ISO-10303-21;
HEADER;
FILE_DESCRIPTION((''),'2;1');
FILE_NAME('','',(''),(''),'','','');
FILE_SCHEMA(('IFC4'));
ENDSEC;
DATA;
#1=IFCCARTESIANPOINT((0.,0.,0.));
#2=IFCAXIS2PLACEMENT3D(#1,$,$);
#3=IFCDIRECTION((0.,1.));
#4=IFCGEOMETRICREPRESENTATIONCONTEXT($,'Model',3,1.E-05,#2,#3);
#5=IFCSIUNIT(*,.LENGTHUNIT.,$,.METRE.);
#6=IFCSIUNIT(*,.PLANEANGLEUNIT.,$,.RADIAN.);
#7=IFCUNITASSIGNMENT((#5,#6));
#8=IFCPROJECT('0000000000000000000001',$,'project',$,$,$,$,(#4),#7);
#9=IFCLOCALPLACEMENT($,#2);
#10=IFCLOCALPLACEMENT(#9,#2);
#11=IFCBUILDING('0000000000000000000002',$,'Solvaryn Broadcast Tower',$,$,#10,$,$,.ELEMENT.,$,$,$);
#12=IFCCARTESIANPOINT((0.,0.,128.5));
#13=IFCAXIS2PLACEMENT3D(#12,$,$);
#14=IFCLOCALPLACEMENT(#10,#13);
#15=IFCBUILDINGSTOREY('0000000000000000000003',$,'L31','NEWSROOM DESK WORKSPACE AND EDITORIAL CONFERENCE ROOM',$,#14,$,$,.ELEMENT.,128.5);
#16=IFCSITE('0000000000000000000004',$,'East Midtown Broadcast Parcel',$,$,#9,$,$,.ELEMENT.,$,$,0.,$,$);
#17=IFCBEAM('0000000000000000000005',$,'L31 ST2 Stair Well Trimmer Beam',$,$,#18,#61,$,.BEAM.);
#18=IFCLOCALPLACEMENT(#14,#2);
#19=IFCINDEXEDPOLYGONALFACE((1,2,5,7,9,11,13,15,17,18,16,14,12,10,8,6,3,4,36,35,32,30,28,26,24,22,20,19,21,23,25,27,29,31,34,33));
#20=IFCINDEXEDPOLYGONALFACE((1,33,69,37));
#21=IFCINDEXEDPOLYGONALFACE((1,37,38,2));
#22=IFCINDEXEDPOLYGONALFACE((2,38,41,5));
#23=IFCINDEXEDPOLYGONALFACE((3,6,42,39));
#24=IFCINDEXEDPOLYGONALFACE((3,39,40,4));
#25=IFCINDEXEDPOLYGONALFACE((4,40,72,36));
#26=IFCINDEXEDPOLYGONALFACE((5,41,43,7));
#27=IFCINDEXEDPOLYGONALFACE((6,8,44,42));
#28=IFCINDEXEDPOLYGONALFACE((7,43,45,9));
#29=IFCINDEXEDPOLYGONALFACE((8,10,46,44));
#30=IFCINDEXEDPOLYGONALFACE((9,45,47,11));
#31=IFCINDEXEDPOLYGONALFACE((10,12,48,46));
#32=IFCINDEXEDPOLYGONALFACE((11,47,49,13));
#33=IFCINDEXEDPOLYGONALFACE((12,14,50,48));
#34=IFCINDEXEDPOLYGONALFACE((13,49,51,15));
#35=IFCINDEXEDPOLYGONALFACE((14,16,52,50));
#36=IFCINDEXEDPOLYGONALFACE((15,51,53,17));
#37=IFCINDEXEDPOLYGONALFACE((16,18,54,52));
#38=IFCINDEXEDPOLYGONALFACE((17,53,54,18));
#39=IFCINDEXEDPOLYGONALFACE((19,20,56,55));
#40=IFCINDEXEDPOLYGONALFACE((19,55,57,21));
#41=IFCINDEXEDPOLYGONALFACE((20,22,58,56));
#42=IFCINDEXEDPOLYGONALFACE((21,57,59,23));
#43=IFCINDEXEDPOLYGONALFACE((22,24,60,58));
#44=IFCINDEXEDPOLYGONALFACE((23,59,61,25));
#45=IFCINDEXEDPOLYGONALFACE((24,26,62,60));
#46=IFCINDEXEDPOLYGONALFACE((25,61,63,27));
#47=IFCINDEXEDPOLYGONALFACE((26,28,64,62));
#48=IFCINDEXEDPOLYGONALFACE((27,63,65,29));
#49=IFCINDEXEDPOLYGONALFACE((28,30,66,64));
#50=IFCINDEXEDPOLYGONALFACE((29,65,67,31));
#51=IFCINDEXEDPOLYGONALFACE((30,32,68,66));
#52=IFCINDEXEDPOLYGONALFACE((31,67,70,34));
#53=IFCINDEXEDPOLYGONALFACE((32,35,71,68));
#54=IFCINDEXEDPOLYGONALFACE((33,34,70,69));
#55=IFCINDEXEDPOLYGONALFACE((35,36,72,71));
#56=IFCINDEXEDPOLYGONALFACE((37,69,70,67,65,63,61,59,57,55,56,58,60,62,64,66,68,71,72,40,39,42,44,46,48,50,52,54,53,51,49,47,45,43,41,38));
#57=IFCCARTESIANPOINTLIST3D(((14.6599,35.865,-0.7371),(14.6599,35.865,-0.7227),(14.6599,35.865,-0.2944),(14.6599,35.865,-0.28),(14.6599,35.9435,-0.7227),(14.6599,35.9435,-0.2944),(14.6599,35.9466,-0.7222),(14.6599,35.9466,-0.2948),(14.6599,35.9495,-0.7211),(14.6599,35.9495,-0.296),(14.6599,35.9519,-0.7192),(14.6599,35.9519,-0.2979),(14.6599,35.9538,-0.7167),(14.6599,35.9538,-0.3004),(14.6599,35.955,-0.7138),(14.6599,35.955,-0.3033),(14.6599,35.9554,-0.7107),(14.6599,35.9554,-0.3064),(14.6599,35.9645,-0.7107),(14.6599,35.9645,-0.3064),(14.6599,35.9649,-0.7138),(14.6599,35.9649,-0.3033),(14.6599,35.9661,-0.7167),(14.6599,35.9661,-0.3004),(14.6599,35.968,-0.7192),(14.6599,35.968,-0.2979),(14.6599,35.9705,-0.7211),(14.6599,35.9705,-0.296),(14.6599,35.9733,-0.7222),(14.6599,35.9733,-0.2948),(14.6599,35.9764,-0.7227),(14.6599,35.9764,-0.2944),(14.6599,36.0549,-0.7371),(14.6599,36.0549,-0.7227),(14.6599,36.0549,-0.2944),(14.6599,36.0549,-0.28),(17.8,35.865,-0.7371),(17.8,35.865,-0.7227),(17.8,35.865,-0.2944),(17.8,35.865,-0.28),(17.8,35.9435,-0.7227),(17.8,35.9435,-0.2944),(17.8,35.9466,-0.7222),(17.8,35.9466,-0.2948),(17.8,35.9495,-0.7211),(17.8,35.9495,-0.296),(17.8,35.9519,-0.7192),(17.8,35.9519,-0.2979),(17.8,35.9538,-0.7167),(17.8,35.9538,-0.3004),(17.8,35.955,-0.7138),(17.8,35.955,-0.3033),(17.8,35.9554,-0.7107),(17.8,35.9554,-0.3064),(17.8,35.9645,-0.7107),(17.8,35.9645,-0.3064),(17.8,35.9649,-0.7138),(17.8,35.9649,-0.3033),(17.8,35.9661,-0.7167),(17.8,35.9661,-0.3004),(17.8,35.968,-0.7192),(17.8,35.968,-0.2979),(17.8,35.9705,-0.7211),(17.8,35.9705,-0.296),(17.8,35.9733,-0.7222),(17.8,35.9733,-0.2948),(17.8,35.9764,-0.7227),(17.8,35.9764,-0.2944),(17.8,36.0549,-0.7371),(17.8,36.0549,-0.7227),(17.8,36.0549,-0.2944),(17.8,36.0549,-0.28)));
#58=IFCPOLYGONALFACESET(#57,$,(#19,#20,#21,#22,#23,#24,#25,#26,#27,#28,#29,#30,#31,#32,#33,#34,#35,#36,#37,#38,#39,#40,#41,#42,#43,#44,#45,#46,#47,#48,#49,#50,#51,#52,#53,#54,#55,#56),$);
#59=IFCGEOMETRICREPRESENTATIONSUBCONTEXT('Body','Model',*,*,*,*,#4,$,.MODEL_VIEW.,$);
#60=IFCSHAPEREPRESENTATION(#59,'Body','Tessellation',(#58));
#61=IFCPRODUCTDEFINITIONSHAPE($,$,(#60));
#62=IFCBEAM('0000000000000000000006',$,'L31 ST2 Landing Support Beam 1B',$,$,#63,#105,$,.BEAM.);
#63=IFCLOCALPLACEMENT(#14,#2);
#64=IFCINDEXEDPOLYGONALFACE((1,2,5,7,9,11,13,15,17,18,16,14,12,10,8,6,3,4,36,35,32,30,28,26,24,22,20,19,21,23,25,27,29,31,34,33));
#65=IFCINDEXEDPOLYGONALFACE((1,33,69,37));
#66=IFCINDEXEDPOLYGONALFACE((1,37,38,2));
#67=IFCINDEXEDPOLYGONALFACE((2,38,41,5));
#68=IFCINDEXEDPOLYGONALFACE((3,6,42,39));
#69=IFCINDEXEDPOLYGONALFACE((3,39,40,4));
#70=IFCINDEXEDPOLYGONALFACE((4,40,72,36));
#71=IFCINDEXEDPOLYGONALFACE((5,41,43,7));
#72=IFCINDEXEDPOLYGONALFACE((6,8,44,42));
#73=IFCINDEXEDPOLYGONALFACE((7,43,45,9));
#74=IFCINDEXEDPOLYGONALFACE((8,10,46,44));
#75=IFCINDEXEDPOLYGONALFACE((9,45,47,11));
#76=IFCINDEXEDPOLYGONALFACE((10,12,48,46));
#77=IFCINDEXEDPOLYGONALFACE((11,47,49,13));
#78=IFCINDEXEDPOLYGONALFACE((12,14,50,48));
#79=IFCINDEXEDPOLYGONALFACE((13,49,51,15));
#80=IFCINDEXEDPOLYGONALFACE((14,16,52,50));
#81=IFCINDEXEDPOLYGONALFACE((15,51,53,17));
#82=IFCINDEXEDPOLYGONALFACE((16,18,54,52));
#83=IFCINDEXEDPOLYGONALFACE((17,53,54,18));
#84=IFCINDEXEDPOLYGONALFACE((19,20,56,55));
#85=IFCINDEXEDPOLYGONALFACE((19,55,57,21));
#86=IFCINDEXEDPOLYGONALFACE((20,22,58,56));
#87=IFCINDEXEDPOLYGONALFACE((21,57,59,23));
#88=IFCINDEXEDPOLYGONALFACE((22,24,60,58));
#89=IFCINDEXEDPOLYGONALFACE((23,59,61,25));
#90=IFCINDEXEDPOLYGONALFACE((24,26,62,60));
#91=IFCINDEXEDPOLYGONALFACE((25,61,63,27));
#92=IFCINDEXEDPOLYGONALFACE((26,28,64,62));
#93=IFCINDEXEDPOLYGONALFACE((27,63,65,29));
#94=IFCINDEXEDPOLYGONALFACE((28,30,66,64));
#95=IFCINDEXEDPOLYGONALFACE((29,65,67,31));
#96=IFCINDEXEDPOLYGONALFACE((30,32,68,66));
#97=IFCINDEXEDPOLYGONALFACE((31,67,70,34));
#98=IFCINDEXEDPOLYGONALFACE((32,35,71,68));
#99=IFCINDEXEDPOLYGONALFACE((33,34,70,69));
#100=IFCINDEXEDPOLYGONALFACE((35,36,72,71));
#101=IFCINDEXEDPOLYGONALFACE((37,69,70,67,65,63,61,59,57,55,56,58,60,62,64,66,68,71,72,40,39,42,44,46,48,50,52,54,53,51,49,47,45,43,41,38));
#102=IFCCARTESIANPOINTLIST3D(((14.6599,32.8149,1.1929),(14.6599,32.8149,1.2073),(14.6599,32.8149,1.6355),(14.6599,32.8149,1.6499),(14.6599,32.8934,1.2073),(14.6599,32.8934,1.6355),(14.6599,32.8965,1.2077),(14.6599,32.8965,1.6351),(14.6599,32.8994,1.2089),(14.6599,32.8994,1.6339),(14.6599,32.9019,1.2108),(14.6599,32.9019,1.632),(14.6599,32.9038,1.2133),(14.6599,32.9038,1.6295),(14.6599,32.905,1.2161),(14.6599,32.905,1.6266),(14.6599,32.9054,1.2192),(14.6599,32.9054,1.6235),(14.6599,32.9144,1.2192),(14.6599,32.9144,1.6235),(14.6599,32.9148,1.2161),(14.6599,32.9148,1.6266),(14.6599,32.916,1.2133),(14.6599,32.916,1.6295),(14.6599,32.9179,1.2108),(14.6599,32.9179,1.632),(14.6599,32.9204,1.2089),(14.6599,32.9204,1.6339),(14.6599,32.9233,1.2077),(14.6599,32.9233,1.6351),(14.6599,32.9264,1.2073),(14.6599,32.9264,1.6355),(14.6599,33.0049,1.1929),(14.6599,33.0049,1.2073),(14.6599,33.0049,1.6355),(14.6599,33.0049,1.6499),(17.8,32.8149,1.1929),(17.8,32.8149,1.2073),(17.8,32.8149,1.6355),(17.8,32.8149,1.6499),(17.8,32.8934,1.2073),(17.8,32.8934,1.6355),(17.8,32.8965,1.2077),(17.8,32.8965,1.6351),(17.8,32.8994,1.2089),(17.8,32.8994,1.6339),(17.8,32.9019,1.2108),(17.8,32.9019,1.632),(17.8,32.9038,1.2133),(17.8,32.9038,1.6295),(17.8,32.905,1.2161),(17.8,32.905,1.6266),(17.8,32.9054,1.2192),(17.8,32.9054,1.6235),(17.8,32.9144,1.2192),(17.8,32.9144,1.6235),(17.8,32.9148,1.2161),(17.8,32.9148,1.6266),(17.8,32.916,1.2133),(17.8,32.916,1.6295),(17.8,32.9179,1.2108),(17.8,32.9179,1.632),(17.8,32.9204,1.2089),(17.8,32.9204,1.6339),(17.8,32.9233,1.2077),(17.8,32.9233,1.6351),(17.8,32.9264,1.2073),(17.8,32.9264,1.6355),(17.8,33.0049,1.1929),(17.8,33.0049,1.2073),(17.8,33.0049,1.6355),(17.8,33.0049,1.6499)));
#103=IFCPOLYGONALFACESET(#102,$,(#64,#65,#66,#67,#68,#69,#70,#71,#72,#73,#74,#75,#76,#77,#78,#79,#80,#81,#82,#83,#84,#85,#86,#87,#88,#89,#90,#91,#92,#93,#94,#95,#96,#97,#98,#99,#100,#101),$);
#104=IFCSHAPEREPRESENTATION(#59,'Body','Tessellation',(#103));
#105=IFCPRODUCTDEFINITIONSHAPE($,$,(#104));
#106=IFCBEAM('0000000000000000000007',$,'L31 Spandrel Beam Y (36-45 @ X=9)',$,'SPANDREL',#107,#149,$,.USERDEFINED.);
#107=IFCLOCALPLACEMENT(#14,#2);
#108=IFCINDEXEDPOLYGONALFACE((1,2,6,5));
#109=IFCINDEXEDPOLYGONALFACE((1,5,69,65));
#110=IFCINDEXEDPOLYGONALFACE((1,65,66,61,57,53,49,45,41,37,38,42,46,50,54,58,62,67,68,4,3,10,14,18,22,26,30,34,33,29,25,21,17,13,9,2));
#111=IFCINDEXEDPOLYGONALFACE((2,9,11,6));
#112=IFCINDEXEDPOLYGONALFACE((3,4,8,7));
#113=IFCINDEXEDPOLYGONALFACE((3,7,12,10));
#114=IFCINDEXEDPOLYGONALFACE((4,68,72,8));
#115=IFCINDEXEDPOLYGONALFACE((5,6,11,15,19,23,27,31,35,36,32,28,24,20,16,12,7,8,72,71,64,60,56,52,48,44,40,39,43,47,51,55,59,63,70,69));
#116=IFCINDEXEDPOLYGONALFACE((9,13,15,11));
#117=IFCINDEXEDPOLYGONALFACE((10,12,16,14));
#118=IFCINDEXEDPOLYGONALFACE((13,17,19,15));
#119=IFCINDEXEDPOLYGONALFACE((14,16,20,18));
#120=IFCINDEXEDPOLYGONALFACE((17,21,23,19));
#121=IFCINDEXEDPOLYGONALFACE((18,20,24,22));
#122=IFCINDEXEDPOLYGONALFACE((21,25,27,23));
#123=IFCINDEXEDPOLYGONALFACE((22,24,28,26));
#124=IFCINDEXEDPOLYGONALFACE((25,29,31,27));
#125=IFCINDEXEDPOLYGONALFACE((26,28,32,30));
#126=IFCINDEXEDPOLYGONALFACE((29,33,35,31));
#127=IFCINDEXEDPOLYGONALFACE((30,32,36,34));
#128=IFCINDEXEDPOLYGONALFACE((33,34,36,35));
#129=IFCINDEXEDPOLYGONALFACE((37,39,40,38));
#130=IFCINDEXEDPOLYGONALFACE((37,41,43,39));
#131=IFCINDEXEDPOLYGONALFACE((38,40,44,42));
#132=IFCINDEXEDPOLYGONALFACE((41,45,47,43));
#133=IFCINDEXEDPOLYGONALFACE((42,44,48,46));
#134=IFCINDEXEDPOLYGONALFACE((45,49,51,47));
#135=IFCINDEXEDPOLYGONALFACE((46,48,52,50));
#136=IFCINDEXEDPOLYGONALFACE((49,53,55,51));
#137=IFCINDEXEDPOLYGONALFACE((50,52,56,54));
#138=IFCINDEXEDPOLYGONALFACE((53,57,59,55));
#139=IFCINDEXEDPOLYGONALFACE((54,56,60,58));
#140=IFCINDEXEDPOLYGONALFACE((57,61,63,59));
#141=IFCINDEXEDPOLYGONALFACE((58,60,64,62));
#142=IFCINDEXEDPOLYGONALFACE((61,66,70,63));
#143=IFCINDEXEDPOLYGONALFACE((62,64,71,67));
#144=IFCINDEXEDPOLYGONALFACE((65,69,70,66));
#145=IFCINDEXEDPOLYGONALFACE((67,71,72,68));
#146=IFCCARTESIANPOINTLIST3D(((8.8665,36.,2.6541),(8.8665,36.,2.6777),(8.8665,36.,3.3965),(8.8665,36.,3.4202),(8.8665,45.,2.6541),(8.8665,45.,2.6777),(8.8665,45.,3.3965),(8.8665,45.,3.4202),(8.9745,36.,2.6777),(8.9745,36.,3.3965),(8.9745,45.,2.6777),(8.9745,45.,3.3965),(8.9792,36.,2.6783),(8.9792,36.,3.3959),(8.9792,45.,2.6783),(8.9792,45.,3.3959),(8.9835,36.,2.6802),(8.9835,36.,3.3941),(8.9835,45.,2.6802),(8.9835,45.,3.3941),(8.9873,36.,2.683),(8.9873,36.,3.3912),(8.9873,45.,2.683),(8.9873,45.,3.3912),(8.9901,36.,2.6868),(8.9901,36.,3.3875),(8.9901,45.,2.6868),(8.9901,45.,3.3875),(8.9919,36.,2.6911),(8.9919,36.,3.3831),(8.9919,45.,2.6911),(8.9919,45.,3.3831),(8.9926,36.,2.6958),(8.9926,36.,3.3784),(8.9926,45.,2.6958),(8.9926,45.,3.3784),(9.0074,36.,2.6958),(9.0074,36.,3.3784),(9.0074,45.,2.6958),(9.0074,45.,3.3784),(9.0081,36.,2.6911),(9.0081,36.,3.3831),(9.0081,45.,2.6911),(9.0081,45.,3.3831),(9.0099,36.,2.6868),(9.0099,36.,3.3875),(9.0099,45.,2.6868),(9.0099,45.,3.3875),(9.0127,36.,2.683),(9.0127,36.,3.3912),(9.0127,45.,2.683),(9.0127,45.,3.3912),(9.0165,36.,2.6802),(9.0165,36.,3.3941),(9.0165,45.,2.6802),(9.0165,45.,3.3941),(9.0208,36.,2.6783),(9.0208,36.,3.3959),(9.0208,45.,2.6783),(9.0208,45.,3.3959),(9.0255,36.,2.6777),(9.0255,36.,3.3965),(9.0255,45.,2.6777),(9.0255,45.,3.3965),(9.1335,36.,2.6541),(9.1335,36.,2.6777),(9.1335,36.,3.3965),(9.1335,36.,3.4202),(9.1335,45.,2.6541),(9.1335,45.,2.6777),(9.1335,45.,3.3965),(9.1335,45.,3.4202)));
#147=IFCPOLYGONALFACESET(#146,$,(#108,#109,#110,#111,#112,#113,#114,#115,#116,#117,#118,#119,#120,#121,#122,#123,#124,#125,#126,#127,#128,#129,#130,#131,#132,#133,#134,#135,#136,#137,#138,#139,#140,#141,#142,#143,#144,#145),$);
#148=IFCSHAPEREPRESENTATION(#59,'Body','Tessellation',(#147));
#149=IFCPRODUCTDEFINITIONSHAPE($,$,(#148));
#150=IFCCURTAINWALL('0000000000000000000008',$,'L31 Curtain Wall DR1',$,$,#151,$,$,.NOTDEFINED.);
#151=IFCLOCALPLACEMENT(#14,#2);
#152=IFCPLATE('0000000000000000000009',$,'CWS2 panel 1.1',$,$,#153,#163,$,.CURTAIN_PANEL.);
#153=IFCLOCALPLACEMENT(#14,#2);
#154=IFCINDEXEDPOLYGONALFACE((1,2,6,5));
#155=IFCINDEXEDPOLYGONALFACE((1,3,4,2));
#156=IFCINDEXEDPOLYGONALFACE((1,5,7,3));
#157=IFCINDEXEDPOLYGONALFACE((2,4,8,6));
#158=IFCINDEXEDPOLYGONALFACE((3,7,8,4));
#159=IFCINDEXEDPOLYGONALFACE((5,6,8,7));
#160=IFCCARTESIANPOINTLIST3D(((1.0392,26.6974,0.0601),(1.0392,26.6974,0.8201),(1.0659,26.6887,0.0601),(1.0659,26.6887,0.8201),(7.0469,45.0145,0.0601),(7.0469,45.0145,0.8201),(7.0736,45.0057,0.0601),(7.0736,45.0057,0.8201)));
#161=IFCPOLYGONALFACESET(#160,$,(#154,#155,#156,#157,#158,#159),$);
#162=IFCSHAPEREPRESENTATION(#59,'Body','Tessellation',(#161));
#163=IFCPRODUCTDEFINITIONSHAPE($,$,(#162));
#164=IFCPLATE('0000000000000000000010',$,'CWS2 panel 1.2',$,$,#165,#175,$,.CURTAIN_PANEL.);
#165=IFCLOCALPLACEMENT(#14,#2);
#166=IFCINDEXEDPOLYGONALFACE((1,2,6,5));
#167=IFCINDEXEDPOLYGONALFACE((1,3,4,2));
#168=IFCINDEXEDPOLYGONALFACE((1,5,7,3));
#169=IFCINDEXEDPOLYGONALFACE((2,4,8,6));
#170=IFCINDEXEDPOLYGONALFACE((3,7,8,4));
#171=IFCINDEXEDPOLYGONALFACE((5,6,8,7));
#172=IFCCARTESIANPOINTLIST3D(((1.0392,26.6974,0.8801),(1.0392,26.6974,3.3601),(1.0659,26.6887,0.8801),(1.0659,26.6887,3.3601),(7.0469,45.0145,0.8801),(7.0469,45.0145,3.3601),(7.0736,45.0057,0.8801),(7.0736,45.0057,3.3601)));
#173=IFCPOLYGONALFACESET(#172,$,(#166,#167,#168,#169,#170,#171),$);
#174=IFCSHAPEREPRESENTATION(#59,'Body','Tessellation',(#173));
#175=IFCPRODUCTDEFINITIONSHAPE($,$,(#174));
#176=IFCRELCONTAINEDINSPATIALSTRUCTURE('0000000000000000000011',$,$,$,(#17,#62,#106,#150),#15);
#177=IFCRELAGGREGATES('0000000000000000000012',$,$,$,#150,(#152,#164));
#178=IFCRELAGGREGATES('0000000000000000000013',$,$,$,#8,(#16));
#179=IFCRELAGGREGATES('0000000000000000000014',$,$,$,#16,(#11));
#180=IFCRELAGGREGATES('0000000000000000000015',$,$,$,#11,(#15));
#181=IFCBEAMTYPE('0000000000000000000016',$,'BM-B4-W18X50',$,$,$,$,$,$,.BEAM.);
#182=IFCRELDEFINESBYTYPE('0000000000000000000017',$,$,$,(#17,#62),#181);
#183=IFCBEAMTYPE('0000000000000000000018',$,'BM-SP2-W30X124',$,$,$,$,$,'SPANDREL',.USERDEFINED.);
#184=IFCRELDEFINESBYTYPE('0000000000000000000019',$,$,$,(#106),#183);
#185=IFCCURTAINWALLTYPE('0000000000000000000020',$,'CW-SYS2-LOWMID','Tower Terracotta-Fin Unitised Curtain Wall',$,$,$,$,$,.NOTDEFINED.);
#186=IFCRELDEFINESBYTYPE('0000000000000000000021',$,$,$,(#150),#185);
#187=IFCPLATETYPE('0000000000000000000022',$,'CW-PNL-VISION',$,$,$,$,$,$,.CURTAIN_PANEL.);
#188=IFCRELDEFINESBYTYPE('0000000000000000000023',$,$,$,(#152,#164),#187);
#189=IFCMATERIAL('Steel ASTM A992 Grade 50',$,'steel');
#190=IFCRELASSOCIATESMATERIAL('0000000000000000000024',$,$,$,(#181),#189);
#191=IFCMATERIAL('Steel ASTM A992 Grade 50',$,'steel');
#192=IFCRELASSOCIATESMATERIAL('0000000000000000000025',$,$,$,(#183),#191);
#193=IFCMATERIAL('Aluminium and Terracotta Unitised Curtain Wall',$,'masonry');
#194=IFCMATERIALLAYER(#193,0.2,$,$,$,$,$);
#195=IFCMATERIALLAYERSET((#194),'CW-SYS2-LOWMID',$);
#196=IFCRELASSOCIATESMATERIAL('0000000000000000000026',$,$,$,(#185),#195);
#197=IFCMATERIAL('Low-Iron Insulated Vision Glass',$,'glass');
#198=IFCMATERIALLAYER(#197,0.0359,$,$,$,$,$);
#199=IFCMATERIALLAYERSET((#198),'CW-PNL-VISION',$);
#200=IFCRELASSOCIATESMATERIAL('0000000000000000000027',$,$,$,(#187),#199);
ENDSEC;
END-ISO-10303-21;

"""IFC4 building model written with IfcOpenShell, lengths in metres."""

from ifc_helpers import new_model, si_unit, direction, frame, origin, origin_2d, place, context, subcontext, project, spatial, rectangle, i_section, extrude, material, layer, layer_set, material_profile, profile_set, type_object, element, aggregate, save


model = new_model("IFC4")

# Units and contexts
model_context = context("Model", 3, precision=1e-05, world=origin(), true_north=direction((0.0, 1.0)))
body_context = subcontext(model_context, "Body", "Model", "MODEL_VIEW")
ifc_project = project(units=[si_unit("LENGTHUNIT", "METRE"), si_unit("PLANEANGLEUNIT", "RADIAN")], contexts=[model_context])

# Site, building, storey
site_placement = place(None, origin())
site = spatial("IfcSite", under=ifc_project, at=site_placement, Name="East Midtown Broadcast Parcel", CompositionType="ELEMENT", RefElevation=0.0)
building_placement = place(site_placement, origin())
building = spatial("IfcBuilding", under=site, at=building_placement, Name="Solvaryn Broadcast Tower", CompositionType="ELEMENT")
storey_placement = place(building_placement, frame((0.0, 0.0, 128.5)))
storey = spatial("IfcBuildingStorey", under=building, at=storey_placement, Name="L31", Description="NEWSROOM DESK WORKSPACE AND EDITORIAL CONFERENCE ROOM", CompositionType="ELEMENT", Elevation=128.5)

# Beams
ifc_material_1 = material(Name="Steel ASTM A992 Grade 50", Category="steel")
ifc_material_profile_1 = material_profile(ifc_material_1, i_section(OverallWidth=0.1899, OverallDepth=0.457, WebThickness=0.009, FlangeThickness=0.0144, FilletRadius=0.012, at=origin_2d()))
ifc_profile_set_1 = profile_set([ifc_material_profile_1], Name="Steel ASTM A992 Grade 50")
beam_type_1 = type_object("IfcBeamType", Name="BM-B4-W18X50", PredefinedType="BEAM", material=ifc_profile_set_1)
for number, where, z_axis, x_axis, name in (
    (1, (14.6599, 35.96, -0.5085), (1.0, 0.0, 0.0), (0.0, 1.0, 0.0), "L31 ST2 Stair Well Trimmer Beam"),
    (2, (14.6599, 32.9099, 1.4214), (1.0, 0.0, 0.0), (0.0, 1.0, 0.0), "L31 ST2 Landing Support Beam 1B"),
):
    element("IfcBeam", number, at=place(storey_placement, frame(where, z_axis=z_axis, x_axis=x_axis)), inside=storey, type_object=beam_type_1, Name=name, PredefinedType="BEAM", context=body_context, shape_type="SweptSolid", body=[
        extrude(i_section(OverallWidth=0.1899, OverallDepth=0.457, WebThickness=0.009, FlangeThickness=0.0144, FilletRadius=0.012, at=origin_2d()), origin(), (0.0, 0.0, 1.0), 3.1401),
    ])
ifc_material_2 = material(Name="Steel ASTM A992 Grade 50", Category="steel")
ifc_material_profile_2 = material_profile(ifc_material_2, i_section(OverallWidth=0.2671, OverallDepth=0.7661, WebThickness=0.0149, FlangeThickness=0.0237, FilletRadius=0.0181, at=origin_2d()))
ifc_profile_set_2 = profile_set([ifc_material_profile_2], Name="Steel ASTM A992 Grade 50")
beam_type_2 = type_object("IfcBeamType", Name="BM-SP2-W30X124", ElementType="SPANDREL", PredefinedType="USERDEFINED", material=ifc_profile_set_2)
beam_1_placement = place(storey_placement, frame((9.0, 36.0, 3.0371), z_axis=(0.0, 1.0, 0.0), x_axis=(-1.0, 0.0, 0.0)))
element("IfcBeam", 3, at=beam_1_placement, inside=storey, type_object=beam_type_2, Name="L31 Spandrel Beam Y (36-45 @ X=9)", ObjectType="SPANDREL", PredefinedType="USERDEFINED", context=body_context, shape_type="SweptSolid", body=[
    extrude(i_section(OverallWidth=0.2671, OverallDepth=0.7661, WebThickness=0.0149, FlangeThickness=0.0237, FilletRadius=0.0181, at=origin_2d()), origin(), (0.0, 0.0, 1.0), 9.0),
])

# Curtain wall, plates
ifc_material_3 = material(Name="Aluminium and Terracotta Unitised Curtain Wall", Category="masonry")
ifc_layer_1 = layer(ifc_material_3, 0.2)
ifc_layer_set_1 = layer_set([ifc_layer_1], Name="CW-SYS2-LOWMID")
curtain_wall_type = type_object("IfcCurtainWallType", Name="CW-SYS2-LOWMID", Description="Tower Terracotta-Fin Unitised Curtain Wall", PredefinedType="NOTDEFINED", material=ifc_layer_set_1)
curtain_wall_placement = place(storey_placement, origin())
curtain_wall = element("IfcCurtainWall", 4, at=curtain_wall_placement, inside=storey, type_object=curtain_wall_type, Name="L31 Curtain Wall DR1", PredefinedType="NOTDEFINED")
ifc_material_4 = material(Name="Low-Iron Insulated Vision Glass", Category="glass")
ifc_layer_2 = layer(ifc_material_4, 0.0359)
ifc_layer_set_2 = layer_set([ifc_layer_2], Name="CW-PNL-VISION")
plate_type = type_object("IfcPlateType", Name="CW-PNL-VISION", PredefinedType="CURTAIN_PANEL", material=ifc_layer_set_2)
plate_1_placement = place(storey_placement, frame((4.0564, 35.8516, 0.0601), z_axis=(0.0, 0.0, 1.0), x_axis=(-0.311646, -0.950198, 0.0)))
plate_1 = element("IfcPlate", 5, at=plate_1_placement, type_object=plate_type, Name="CWS2 panel 1.1", PredefinedType="CURTAIN_PANEL", context=body_context, shape_type="SweptSolid", body=[
    extrude(rectangle(XDim=19.2771, YDim=0.0281, at=origin_2d()), origin(), (0.0, 0.0, 1.0), 0.76),
])
plate_2_placement = place(storey_placement, frame((4.0564, 35.8516, 0.8801), z_axis=(0.0, 0.0, 1.0), x_axis=(-0.311646, -0.950198, 0.0)))
plate_2 = element("IfcPlate", 6, at=plate_2_placement, type_object=plate_type, Name="CWS2 panel 1.2", PredefinedType="CURTAIN_PANEL", context=body_context, shape_type="SweptSolid", body=[
    extrude(rectangle(XDim=19.2771, YDim=0.0281, at=origin_2d()), origin(), (0.0, 0.0, 1.0), 2.48),
])
aggregate(curtain_wall, [plate_1, plate_2])

save(model, "model.ifc")
